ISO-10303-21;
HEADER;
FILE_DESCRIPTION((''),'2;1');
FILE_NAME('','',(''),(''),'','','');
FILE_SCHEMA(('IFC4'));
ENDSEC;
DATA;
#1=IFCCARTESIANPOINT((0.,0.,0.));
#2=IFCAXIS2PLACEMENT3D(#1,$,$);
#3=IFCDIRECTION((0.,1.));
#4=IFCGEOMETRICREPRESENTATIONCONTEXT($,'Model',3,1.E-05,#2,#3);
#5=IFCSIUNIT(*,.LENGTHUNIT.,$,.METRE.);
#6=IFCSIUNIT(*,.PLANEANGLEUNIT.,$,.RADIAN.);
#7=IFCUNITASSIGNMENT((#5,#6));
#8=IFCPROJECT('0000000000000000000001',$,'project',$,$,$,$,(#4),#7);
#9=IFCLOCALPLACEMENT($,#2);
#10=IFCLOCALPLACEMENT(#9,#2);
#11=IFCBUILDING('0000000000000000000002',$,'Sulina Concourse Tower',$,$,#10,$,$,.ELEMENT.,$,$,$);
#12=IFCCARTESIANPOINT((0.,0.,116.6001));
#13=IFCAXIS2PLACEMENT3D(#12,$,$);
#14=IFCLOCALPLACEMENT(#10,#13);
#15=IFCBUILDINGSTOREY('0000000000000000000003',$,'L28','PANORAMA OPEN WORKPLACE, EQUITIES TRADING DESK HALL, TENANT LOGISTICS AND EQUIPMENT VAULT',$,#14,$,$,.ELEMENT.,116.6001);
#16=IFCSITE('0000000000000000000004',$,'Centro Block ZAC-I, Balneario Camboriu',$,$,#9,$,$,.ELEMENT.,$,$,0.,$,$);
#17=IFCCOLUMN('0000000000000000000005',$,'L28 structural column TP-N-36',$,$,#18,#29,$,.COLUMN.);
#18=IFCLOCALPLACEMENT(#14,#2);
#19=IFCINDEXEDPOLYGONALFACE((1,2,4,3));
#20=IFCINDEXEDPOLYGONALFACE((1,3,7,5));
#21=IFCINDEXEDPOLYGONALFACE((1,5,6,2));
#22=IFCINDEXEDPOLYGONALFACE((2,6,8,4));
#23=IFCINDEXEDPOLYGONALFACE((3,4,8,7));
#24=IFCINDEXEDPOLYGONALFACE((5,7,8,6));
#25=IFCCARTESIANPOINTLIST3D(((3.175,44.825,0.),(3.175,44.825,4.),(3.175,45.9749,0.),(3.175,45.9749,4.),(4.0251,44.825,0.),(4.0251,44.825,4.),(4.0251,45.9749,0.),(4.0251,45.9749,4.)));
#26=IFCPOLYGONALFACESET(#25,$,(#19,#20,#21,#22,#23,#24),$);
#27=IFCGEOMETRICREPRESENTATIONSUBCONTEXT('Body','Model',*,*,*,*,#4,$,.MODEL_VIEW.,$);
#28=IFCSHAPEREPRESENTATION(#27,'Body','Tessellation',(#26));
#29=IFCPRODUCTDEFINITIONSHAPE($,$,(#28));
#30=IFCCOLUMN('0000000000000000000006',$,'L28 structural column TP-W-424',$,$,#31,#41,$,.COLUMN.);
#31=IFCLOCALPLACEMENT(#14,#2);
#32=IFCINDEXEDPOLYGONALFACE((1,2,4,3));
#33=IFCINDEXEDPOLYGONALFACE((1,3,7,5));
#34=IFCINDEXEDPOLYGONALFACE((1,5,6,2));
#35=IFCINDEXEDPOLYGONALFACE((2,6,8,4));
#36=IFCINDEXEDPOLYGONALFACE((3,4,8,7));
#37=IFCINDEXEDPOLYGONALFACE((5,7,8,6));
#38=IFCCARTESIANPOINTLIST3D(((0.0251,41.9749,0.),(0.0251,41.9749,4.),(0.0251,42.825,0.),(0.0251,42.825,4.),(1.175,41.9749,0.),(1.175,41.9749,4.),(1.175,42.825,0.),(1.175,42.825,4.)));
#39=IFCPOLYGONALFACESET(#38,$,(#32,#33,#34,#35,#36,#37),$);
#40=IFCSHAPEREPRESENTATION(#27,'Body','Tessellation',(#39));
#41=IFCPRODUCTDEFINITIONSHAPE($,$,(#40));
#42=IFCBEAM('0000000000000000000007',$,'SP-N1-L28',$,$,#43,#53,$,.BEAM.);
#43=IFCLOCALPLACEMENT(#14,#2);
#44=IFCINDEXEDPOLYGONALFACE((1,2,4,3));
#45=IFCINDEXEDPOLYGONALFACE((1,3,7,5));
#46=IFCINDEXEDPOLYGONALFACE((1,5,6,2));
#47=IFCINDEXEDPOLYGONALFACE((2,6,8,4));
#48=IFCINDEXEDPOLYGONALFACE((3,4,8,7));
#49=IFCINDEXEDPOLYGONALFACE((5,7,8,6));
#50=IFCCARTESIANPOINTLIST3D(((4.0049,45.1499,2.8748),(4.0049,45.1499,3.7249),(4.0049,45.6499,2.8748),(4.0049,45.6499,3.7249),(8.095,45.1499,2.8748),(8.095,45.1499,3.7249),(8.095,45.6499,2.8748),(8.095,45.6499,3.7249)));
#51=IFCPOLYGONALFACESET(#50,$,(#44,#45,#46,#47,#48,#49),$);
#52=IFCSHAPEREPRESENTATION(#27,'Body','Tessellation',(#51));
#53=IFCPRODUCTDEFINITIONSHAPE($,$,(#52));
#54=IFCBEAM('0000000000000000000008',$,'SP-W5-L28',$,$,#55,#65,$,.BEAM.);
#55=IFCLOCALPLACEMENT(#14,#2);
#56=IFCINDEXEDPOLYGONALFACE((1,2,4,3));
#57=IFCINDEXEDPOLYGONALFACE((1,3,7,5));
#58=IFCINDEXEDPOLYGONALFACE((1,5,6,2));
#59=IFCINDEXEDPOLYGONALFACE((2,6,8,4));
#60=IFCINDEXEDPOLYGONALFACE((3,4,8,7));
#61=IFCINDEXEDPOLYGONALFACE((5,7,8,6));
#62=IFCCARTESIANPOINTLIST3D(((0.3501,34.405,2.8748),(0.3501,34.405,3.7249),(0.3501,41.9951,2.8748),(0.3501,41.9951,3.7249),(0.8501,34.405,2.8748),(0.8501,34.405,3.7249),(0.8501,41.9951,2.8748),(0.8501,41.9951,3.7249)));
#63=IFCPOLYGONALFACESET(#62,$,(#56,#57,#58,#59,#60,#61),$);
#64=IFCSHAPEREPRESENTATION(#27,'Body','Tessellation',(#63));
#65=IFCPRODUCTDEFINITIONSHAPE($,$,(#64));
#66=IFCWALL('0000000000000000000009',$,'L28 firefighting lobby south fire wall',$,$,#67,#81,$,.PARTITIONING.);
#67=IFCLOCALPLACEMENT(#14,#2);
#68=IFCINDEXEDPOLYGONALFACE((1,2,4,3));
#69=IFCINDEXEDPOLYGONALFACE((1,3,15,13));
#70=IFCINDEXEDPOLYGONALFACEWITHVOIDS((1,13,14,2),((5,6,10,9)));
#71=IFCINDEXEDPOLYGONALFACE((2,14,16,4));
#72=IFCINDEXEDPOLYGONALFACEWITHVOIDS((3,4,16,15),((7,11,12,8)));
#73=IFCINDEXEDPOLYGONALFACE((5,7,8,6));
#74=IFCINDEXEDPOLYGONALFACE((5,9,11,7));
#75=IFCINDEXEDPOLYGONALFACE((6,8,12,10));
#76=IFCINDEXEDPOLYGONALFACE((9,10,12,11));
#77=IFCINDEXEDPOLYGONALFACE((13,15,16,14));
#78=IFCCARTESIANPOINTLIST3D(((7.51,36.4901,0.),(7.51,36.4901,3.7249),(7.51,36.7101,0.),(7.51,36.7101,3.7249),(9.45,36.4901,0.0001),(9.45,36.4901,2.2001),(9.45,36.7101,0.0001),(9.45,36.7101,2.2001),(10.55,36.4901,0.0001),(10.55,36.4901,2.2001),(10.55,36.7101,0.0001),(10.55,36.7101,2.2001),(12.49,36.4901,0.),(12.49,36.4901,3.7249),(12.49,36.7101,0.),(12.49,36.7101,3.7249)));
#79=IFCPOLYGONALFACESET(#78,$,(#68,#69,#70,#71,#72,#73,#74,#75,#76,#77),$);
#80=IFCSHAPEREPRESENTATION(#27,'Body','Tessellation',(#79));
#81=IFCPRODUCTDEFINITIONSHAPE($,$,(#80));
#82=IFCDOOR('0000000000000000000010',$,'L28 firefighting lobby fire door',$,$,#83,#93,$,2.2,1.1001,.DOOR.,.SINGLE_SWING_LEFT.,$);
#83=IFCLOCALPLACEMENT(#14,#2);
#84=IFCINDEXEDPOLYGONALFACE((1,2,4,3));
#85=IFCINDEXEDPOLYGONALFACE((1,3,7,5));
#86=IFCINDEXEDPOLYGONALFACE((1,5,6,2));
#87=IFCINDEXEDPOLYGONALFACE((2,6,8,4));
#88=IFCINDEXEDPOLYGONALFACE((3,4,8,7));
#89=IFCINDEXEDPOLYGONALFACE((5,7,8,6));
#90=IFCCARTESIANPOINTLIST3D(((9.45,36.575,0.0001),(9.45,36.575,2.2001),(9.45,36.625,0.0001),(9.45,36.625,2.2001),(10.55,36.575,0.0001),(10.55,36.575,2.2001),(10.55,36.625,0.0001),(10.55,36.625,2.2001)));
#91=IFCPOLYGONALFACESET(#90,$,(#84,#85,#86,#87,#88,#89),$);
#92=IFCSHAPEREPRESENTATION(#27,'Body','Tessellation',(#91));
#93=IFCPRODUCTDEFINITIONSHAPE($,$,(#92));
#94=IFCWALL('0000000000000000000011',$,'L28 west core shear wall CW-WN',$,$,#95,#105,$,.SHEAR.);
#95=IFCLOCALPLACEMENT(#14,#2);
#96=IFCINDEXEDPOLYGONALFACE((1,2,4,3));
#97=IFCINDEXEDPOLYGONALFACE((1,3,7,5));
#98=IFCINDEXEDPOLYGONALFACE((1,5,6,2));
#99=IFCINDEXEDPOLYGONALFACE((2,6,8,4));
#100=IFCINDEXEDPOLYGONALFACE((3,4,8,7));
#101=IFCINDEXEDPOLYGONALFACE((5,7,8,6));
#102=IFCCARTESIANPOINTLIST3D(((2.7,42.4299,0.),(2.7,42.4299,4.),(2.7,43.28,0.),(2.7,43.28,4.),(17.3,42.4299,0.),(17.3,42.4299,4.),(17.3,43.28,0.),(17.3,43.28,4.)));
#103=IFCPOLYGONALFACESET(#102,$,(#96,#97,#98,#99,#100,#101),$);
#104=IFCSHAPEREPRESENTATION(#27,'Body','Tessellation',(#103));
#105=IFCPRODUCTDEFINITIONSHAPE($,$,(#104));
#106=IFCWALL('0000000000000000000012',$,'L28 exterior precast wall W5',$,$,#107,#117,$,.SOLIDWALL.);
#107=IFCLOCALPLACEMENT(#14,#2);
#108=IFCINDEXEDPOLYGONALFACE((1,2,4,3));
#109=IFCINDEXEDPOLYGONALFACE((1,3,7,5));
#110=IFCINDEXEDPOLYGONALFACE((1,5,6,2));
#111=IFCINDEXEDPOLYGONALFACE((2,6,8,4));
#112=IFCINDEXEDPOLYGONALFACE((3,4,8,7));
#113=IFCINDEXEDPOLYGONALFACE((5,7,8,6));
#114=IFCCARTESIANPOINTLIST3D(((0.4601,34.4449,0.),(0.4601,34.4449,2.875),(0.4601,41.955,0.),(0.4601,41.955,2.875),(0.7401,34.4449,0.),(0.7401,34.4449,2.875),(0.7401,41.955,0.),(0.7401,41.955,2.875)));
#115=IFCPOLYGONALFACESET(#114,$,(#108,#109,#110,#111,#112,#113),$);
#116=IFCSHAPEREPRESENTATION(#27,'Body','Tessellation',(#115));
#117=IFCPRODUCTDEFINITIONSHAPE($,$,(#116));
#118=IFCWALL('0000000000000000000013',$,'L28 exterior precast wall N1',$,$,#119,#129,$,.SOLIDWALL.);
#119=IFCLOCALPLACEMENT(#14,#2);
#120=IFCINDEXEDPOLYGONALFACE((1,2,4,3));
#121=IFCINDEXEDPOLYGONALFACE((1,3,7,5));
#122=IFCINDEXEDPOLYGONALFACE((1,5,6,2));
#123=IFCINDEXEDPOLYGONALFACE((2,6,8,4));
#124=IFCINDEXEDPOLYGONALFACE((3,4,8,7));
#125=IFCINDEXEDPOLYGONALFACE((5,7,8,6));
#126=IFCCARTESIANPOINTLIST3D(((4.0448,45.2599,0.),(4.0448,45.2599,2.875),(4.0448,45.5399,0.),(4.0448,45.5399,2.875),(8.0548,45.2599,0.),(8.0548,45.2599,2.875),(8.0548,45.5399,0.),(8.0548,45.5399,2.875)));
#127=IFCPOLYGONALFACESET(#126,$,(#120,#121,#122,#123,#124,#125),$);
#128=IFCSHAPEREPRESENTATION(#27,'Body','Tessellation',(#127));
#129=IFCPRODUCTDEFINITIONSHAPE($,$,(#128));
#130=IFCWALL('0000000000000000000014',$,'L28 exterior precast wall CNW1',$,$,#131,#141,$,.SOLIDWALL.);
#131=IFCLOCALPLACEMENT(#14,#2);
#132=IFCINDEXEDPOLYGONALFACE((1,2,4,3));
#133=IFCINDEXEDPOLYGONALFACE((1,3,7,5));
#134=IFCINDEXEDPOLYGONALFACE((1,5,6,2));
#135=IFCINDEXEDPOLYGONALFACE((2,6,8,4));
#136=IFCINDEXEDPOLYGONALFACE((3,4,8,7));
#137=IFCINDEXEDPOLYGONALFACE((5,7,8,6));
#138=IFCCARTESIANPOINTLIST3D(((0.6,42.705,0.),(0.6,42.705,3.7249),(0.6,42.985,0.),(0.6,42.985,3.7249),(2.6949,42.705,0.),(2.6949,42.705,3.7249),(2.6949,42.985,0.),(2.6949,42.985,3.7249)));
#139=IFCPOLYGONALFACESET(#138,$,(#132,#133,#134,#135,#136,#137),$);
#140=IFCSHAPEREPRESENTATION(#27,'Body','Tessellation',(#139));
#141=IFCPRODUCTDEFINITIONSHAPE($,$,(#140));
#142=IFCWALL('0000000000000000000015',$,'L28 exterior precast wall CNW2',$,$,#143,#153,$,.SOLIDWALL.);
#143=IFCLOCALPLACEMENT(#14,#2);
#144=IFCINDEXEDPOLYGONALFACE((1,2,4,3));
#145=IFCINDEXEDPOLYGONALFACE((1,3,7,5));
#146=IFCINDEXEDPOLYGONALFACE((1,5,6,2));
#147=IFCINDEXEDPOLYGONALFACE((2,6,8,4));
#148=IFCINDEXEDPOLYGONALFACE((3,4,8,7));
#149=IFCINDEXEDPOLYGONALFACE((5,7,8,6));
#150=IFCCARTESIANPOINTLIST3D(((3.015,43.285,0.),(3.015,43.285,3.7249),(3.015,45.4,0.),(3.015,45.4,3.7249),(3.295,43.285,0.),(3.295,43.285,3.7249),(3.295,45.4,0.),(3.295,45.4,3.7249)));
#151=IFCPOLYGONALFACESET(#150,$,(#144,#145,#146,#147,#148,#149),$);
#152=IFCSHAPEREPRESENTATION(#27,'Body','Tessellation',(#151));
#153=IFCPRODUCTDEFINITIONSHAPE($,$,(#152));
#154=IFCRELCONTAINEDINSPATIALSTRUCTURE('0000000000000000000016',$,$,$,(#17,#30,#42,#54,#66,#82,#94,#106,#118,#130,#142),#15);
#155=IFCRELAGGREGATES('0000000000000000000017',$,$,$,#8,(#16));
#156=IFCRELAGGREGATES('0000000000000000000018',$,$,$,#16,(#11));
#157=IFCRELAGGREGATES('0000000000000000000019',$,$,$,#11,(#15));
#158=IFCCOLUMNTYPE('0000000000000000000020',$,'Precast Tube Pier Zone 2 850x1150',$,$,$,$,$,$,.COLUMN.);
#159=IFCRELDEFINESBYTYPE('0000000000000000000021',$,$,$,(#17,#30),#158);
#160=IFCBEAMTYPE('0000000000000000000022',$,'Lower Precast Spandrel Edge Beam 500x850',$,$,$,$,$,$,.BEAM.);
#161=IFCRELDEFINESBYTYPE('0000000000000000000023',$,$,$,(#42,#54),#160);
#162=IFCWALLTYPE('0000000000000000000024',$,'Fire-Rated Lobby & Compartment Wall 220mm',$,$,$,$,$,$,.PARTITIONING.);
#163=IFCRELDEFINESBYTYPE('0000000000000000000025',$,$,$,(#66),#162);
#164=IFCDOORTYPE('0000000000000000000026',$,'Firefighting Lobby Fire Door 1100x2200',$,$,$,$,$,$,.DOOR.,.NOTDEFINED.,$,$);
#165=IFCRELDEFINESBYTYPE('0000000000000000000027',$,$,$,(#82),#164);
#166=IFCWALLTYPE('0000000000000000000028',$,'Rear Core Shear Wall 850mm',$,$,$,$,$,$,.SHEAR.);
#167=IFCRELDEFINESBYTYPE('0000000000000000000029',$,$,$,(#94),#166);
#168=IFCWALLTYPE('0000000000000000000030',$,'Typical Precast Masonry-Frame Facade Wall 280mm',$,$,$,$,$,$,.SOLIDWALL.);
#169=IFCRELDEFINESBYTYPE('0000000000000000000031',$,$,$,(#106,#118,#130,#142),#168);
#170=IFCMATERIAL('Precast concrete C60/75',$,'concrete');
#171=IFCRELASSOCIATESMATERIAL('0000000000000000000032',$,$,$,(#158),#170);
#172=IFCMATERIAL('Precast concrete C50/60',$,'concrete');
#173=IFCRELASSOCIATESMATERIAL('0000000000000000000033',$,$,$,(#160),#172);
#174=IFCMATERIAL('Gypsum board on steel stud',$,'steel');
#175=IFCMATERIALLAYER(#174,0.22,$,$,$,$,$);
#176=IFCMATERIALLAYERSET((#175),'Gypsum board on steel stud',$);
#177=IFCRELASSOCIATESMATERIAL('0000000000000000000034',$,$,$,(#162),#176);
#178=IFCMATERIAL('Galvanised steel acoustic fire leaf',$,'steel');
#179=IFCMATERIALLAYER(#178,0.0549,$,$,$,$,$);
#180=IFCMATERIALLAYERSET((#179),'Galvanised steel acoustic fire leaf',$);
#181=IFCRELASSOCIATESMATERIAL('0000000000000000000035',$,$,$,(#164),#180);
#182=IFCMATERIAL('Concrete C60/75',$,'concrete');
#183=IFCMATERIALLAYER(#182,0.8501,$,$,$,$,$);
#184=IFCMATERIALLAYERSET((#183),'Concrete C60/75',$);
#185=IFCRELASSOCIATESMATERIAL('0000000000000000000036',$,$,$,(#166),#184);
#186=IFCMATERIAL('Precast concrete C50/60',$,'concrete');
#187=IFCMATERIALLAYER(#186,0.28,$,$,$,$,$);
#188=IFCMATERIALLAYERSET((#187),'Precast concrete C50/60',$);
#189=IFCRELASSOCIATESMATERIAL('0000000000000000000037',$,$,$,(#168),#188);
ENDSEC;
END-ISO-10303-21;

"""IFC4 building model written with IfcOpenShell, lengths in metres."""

from ifc_helpers import new_model, si_unit, direction, frame, frame_2d, origin, origin_2d, place, context, subcontext, project, spatial, rectangle, extrude, material, layer, layer_set, material_profile, profile_set, type_object, element, fill, save


model = new_model("IFC4")

# Units and contexts
model_context = context("Model", 3, precision=1e-05, world=origin(), true_north=direction((0.0, 1.0)))
body_context = subcontext(model_context, "Body", "Model", "MODEL_VIEW")
ifc_project = project(units=[si_unit("LENGTHUNIT", "METRE"), si_unit("PLANEANGLEUNIT", "RADIAN")], contexts=[model_context])

# Site, building, storey
site_placement = place(None, origin())
site = spatial("IfcSite", under=ifc_project, at=site_placement, Name="Centro Block ZAC-I, Balneario Camboriu", CompositionType="ELEMENT", RefElevation=0.0)
building_placement = place(site_placement, origin())
building = spatial("IfcBuilding", under=site, at=building_placement, Name="Sulina Concourse Tower", CompositionType="ELEMENT")
storey_placement = place(building_placement, frame((0.0, 0.0, 116.6001)))
storey = spatial("IfcBuildingStorey", under=building, at=storey_placement, Name="L28", Description="PANORAMA OPEN WORKPLACE, EQUITIES TRADING DESK HALL, TENANT LOGISTICS AND EQUIPMENT VAULT", CompositionType="ELEMENT", Elevation=116.6001)

# Columns
ifc_material_1 = material(Name="Precast concrete C60/75", Category="concrete")
ifc_material_profile_1 = material_profile(ifc_material_1, rectangle(XDim=0.8501, YDim=1.1499, at=origin_2d()), Name="PC 850x1150")
ifc_profile_set_1 = profile_set([ifc_material_profile_1], Name="Precast concrete C60/75")
column_type = type_object("IfcColumnType", Name="Precast Tube Pier Zone 2 850x1150", PredefinedType="COLUMN", material=ifc_profile_set_1)
for number, where, z_axis, x_axis, name in (
    (1, (3.6001, 45.3999, 0.0), (0.0, 0.0, 1.0), (1.0, 0.0, 0.0), "L28 structural column TP-N-36"),
    (2, (0.6001, 42.3999, 0.0), (0.0, 0.0, 1.0), (0.0, 1.0, 0.0), "L28 structural column TP-W-424"),
):
    element("IfcColumn", number, at=place(storey_placement, frame(where, z_axis=z_axis, x_axis=x_axis)), inside=storey, type_object=column_type, Name=name, PredefinedType="COLUMN", context=body_context, shape_type="SweptSolid", body=[
        extrude(rectangle(XDim=0.8501, YDim=1.1499, at=origin_2d()), origin(), (0.0, 0.0, 1.0), 4.0),
    ])

# Beams
ifc_material_2 = material(Name="Precast concrete C50/60", Category="concrete")
ifc_material_profile_2 = material_profile(ifc_material_2, rectangle(XDim=0.5, YDim=0.8501, at=origin_2d()), Name="RC 500x850")
ifc_profile_set_2 = profile_set([ifc_material_profile_2], Name="Precast concrete C50/60")
beam_type = type_object("IfcBeamType", Name="Lower Precast Spandrel Edge Beam 500x850", PredefinedType="BEAM", material=ifc_profile_set_2)
beam_1_placement = place(storey_placement, frame((4.0049, 45.3999, 3.2998), z_axis=(1.0, 0.0, 0.0), x_axis=(0.0, 1.0, 0.0)))
element("IfcBeam", 3, at=beam_1_placement, inside=storey, type_object=beam_type, Name="SP-N1-L28", PredefinedType="BEAM", context=body_context, shape_type="SweptSolid", body=[
    extrude(rectangle(XDim=0.5, YDim=0.8501, at=origin_2d()), origin(), (0.0, 0.0, 1.0), 4.0901),
])
beam_2_placement = place(storey_placement, frame((0.6001, 34.405, 3.2998), z_axis=(0.0, 1.0, 0.0), x_axis=(-1.0, 0.0, 0.0)))
element("IfcBeam", 4, at=beam_2_placement, inside=storey, type_object=beam_type, Name="SP-W5-L28", PredefinedType="BEAM", context=body_context, shape_type="SweptSolid", body=[
    extrude(rectangle(XDim=0.5, YDim=0.8501, at=origin_2d()), origin(), (0.0, 0.0, 1.0), 7.5901),
])

# Wall, opening, door
ifc_material_3 = material(Name="Gypsum board on steel stud", Category="steel")
ifc_layer_1 = layer(ifc_material_3, 0.22)
ifc_layer_set_1 = layer_set([ifc_layer_1], Name="Gypsum board on steel stud")
wall_type_1 = type_object("IfcWallType", Name="Fire-Rated Lobby & Compartment Wall 220mm", PredefinedType="PARTITIONING", material=ifc_layer_set_1)
wall_1_placement = place(storey_placement, frame((7.51, 36.6001, 0.0), z_axis=(0.0, 0.0, 1.0), x_axis=(1.0, 0.0, 0.0)))
wall_1 = element("IfcWall", 5, at=wall_1_placement, inside=storey, type_object=wall_type_1, Name="L28 firefighting lobby south fire wall", PredefinedType="PARTITIONING", context=body_context, shape_type="SweptSolid", body=[
    extrude(rectangle(XDim=4.98, YDim=0.22, at=frame_2d((2.49, 0.0))), origin(), (0.0, 0.0, 1.0), 3.7249),
])
opening_placement = place(wall_1_placement, frame((1.9399, 0.0, 0.0)))
opening = element("IfcOpeningElement", 6, at=opening_placement, cuts=wall_1, PredefinedType="OPENING", context=body_context, shape_type="SweptSolid", body=[
    extrude(rectangle(XDim=1.1001, YDim=2.2, at=frame_2d((0.55, 1.1001))), frame((0.0, 0.1199, 0.0), z_axis=(0.0, -1.0, 0.0), x_axis=(1.0, 0.0, 0.0)), (0.0, 0.0, 1.0), 0.24),
])
ifc_material_4 = material(Name="Galvanised steel acoustic fire leaf", Category="steel")
ifc_layer_2 = layer(ifc_material_4, 0.0549)
ifc_layer_set_2 = layer_set([ifc_layer_2], Name="Galvanised steel acoustic fire leaf")
door_type = type_object("IfcDoorType", Name="Firefighting Lobby Fire Door 1100x2200", OperationType="NOTDEFINED", PredefinedType="DOOR", material=ifc_layer_set_2)
door_placement = place(opening_placement, origin())
door = element("IfcDoor", 7, at=door_placement, inside=storey, type_object=door_type, Name="L28 firefighting lobby fire door", OperationType="SINGLE_SWING_LEFT", OverallHeight=2.2, OverallWidth=1.1001, PredefinedType="DOOR", context=body_context, shape_type="SweptSolid", body=[
    extrude(rectangle(XDim=1.1001, YDim=2.2, at=frame_2d((0.55, 1.1001))), frame((0.0, 0.0249, 0.0), z_axis=(0.0, -1.0, 0.0), x_axis=(1.0, 0.0, 0.0)), (0.0, 0.0, 1.0), 0.05),
])
fill(opening, door)

# Walls
ifc_material_5 = material(Name="Concrete C60/75", Category="concrete")
ifc_layer_3 = layer(ifc_material_5, 0.8501)
ifc_layer_set_3 = layer_set([ifc_layer_3], Name="Concrete C60/75")
wall_type_2 = type_object("IfcWallType", Name="Rear Core Shear Wall 850mm", PredefinedType="SHEAR", material=ifc_layer_set_3)
wall_2_placement = place(storey_placement, frame((2.7, 42.855, 0.0), z_axis=(0.0, 0.0, 1.0), x_axis=(1.0, 0.0, 0.0)))
element("IfcWall", 8, at=wall_2_placement, inside=storey, type_object=wall_type_2, Name="L28 west core shear wall CW-WN", PredefinedType="SHEAR", context=body_context, shape_type="SweptSolid", body=[
    extrude(rectangle(XDim=14.6001, YDim=0.8501, at=frame_2d((7.3, 0.0))), origin(), (0.0, 0.0, 1.0), 4.0),
])
ifc_material_6 = material(Name="Precast concrete C50/60", Category="concrete")
ifc_layer_4 = layer(ifc_material_6, 0.28)
ifc_layer_set_4 = layer_set([ifc_layer_4], Name="Precast concrete C50/60")
wall_type_3 = type_object("IfcWallType", Name="Typical Precast Masonry-Frame Facade Wall 280mm", PredefinedType="SOLIDWALL", material=ifc_layer_set_4)
wall_3_placement = place(storey_placement, frame((0.6001, 34.4451, 0.0), z_axis=(0.0, 0.0, 1.0), x_axis=(0.0, 1.0, 0.0)))
element("IfcWall", 9, at=wall_3_placement, inside=storey, type_object=wall_type_3, Name="L28 exterior precast wall W5", PredefinedType="SOLIDWALL", context=body_context, shape_type="SweptSolid", body=[
    extrude(rectangle(XDim=7.51, YDim=0.28, at=frame_2d((3.7549, 0.0))), origin(), (0.0, 0.0, 1.0), 2.875),
])
wall_4_placement = place(storey_placement, frame((4.0449, 45.3999, 0.0), z_axis=(0.0, 0.0, 1.0), x_axis=(1.0, 0.0, 0.0)))
element("IfcWall", 10, at=wall_4_placement, inside=storey, type_object=wall_type_3, Name="L28 exterior precast wall N1", PredefinedType="SOLIDWALL", context=body_context, shape_type="SweptSolid", body=[
    extrude(rectangle(XDim=4.01, YDim=0.28, at=frame_2d((2.0049, 0.0))), origin(), (0.0, 0.0, 1.0), 2.875),
])
wall_5_placement = place(storey_placement, frame((0.6001, 42.845, 0.0), z_axis=(0.0, 0.0, 1.0), x_axis=(1.0, 0.0, 0.0)))
element("IfcWall", 11, at=wall_5_placement, inside=storey, type_object=wall_type_3, Name="L28 exterior precast wall CNW1", PredefinedType="SOLIDWALL", context=body_context, shape_type="SweptSolid", body=[
    extrude(rectangle(XDim=2.095, YDim=0.28, at=frame_2d((1.0474, 0.0))), origin(), (0.0, 0.0, 1.0), 3.7249),
])
wall_6_placement = place(storey_placement, frame((3.155, 43.2849, 0.0), z_axis=(0.0, 0.0, 1.0), x_axis=(0.0, 1.0, 0.0)))
element("IfcWall", 12, at=wall_6_placement, inside=storey, type_object=wall_type_3, Name="L28 exterior precast wall CNW2", PredefinedType="SOLIDWALL", context=body_context, shape_type="SweptSolid", body=[
    extrude(rectangle(XDim=2.115, YDim=0.28, at=frame_2d((1.0576, 0.0))), origin(), (0.0, 0.0, 1.0), 3.7249),
])

save(model, "model.ifc")
